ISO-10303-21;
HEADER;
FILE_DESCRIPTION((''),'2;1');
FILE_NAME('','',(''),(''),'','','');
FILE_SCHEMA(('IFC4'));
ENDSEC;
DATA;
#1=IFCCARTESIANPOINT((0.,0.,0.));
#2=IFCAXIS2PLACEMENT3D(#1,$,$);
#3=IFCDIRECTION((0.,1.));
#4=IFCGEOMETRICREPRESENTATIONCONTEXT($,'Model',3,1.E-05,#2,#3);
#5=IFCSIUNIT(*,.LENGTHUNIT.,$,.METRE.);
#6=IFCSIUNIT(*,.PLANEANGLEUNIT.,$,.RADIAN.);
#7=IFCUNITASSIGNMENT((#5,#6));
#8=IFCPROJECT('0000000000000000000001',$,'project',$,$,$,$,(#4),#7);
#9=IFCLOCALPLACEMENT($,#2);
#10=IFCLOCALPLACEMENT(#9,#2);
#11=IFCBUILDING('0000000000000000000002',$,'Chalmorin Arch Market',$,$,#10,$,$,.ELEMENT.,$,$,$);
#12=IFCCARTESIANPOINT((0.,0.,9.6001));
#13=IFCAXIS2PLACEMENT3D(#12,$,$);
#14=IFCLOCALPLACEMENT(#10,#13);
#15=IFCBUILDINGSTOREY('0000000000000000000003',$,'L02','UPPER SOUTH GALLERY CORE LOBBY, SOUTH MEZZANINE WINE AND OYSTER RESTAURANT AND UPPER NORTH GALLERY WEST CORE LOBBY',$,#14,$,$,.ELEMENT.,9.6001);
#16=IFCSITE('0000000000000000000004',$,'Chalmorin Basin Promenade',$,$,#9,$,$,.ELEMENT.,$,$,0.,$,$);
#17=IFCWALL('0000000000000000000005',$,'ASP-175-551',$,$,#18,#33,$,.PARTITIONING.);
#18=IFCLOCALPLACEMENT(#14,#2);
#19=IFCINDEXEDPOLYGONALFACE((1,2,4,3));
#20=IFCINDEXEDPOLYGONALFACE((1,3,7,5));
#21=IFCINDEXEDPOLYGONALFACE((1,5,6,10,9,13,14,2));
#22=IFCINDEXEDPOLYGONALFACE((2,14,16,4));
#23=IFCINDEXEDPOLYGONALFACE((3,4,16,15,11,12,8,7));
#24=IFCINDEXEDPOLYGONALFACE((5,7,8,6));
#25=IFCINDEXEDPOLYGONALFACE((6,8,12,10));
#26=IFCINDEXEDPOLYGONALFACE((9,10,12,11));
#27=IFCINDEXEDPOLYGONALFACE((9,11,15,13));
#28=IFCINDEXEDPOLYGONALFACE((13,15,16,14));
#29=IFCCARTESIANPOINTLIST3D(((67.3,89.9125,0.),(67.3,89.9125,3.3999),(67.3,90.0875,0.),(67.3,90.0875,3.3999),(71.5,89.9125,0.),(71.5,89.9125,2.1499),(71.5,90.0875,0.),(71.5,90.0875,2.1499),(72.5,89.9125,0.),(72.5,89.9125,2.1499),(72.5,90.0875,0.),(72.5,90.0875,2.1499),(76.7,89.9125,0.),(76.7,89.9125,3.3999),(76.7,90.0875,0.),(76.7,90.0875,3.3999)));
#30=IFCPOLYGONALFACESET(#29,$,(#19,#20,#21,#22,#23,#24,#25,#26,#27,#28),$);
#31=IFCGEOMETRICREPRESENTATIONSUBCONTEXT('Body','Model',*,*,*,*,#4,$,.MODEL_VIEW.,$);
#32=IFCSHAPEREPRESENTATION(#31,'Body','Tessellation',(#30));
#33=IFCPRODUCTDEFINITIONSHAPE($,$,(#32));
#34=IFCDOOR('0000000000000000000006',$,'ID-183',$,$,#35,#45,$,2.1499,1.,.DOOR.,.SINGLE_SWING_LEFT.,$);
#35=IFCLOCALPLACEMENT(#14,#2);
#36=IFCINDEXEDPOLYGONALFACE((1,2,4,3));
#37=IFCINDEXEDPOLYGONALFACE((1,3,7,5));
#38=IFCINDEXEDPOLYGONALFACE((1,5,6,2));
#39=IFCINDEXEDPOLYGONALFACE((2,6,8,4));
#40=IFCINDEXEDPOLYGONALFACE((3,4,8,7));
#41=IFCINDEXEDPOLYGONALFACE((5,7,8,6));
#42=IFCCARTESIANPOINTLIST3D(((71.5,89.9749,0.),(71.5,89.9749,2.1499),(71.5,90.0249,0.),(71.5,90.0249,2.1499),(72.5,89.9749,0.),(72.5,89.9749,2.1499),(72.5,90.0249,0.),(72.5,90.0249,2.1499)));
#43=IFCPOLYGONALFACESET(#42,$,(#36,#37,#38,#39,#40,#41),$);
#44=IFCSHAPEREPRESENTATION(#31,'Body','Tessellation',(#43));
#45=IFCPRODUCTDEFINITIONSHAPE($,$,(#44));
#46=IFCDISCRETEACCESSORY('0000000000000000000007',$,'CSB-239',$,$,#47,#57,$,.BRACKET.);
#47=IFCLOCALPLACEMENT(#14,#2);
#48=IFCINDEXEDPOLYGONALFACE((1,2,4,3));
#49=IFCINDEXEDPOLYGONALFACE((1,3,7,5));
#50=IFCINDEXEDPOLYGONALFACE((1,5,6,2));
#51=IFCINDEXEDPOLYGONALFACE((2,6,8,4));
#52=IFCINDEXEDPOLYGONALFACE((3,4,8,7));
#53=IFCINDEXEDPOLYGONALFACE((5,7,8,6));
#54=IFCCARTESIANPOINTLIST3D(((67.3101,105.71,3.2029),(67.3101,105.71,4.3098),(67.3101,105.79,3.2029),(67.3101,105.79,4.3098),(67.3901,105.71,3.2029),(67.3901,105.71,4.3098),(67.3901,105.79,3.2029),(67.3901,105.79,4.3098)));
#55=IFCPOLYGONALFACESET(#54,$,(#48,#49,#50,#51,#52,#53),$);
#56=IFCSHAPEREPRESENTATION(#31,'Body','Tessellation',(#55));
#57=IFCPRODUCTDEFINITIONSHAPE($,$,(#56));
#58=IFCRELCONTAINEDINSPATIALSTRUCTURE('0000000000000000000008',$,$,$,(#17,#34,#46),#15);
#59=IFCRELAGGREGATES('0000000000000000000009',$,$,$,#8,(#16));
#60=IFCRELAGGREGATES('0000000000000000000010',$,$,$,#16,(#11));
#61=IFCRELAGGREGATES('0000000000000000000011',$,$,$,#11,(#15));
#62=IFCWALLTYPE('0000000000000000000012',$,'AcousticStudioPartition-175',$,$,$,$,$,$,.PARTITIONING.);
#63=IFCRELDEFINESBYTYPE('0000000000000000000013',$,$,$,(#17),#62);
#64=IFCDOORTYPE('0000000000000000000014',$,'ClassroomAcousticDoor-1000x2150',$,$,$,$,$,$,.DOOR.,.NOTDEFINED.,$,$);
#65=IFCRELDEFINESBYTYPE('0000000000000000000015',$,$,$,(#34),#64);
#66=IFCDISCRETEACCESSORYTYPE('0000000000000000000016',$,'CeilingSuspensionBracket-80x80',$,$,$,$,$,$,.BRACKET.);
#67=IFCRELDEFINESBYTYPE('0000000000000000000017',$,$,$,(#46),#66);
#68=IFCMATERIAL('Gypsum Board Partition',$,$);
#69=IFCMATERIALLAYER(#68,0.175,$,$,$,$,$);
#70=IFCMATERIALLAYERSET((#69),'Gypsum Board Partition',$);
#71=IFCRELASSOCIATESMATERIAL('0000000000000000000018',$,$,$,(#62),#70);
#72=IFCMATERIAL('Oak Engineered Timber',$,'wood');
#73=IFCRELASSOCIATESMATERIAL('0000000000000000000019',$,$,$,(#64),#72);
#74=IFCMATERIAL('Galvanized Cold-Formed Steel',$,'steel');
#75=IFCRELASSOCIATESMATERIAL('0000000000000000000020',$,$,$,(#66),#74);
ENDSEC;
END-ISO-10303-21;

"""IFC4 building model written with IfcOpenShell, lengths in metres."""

from ifc_helpers import new_model, si_unit, direction, frame, frame_2d, origin, origin_2d, place, context, subcontext, project, spatial, rectangle, extrude, material, layer, layer_set, type_object, element, fill, save


model = new_model("IFC4")

# Units and contexts
model_context = context("Model", 3, precision=1e-05, world=origin(), true_north=direction((0.0, 1.0)))
body_context = subcontext(model_context, "Body", "Model", "MODEL_VIEW")
ifc_project = project(units=[si_unit("LENGTHUNIT", "METRE"), si_unit("PLANEANGLEUNIT", "RADIAN")], contexts=[model_context])

# Site, building, storey
site_placement = place(None, origin())
site = spatial("IfcSite", under=ifc_project, at=site_placement, Name="Chalmorin Basin Promenade", CompositionType="ELEMENT", RefElevation=0.0)
building_placement = place(site_placement, origin())
building = spatial("IfcBuilding", under=site, at=building_placement, Name="Chalmorin Arch Market", CompositionType="ELEMENT")
storey_placement = place(building_placement, frame((0.0, 0.0, 9.6001)))
storey = spatial("IfcBuildingStorey", under=building, at=storey_placement, Name="L02", Description="UPPER SOUTH GALLERY CORE LOBBY, SOUTH MEZZANINE WINE AND OYSTER RESTAURANT AND UPPER NORTH GALLERY WEST CORE LOBBY", CompositionType="ELEMENT", Elevation=9.6001)

# Wall, opening, door
ifc_material_1 = material(Name="Gypsum Board Partition")
ifc_layer = layer(ifc_material_1, 0.175)
ifc_layer_set = layer_set([ifc_layer], Name="Gypsum Board Partition")
wall_type = type_object("IfcWallType", Name="AcousticStudioPartition-175", PredefinedType="PARTITIONING", material=ifc_layer_set)
wall_placement = place(storey_placement, frame((67.3, 90.0, 0.0), z_axis=(0.0, 0.0, 1.0), x_axis=(1.0, 0.0, 0.0)))
wall = element("IfcWall", 1, at=wall_placement, inside=storey, type_object=wall_type, Name="ASP-175-551", PredefinedType="PARTITIONING", context=body_context, shape_type="SweptSolid", body=[
    extrude(rectangle(XDim=9.3999, YDim=0.175, at=frame_2d((4.7, 0.0))), origin(), (0.0, 0.0, 1.0), 3.3999),
])
opening_placement = place(wall_placement, frame((4.2, 0.0, 0.0)))
opening = element("IfcOpeningElement", 2, at=opening_placement, cuts=wall, PredefinedType="OPENING", context=body_context, shape_type="SweptSolid", body=[
    extrude(rectangle(XDim=1.0, YDim=2.1499, at=frame_2d((0.5, 1.075))), frame((0.0, 0.0974, 0.0), z_axis=(0.0, -1.0, 0.0), x_axis=(1.0, 0.0, 0.0)), (0.0, 0.0, 1.0), 0.1951),
])
ifc_material_2 = material(Name="Oak Engineered Timber", Category="wood")
door_type = type_object("IfcDoorType", Name="ClassroomAcousticDoor-1000x2150", OperationType="NOTDEFINED", PredefinedType="DOOR", material=ifc_material_2)
door_placement = place(opening_placement, origin())
door = element("IfcDoor", 3, at=door_placement, inside=storey, type_object=door_type, Name="ID-183", OperationType="SINGLE_SWING_LEFT", OverallHeight=2.1499, OverallWidth=1.0, PredefinedType="DOOR", context=body_context, shape_type="SweptSolid", body=[
    extrude(rectangle(XDim=1.0, YDim=2.1499, at=frame_2d((0.5, 1.075))), frame((0.0, 0.0249, 0.0), z_axis=(0.0, -1.0, 0.0), x_axis=(1.0, 0.0, 0.0)), (0.0, 0.0, 1.0), 0.05),
])
fill(opening, door)

# Discrete accessory
ifc_material_3 = material(Name="Galvanized Cold-Formed Steel", Category="steel")
discrete_accessory_type = type_object("IfcDiscreteAccessoryType", Name="CeilingSuspensionBracket-80x80", PredefinedType="BRACKET", material=ifc_material_3)
discrete_accessory_placement = place(storey_placement, frame((67.3501, 105.75, 3.2029), z_axis=(0.0, 0.0, 1.0), x_axis=(1.0, 0.0, 0.0)))
element("IfcDiscreteAccessory", 4, at=discrete_accessory_placement, inside=storey, type_object=discrete_accessory_type, Name="CSB-239", PredefinedType="BRACKET", context=body_context, shape_type="SweptSolid", body=[
    extrude(rectangle(XDim=0.0801, YDim=0.0801, at=origin_2d()), origin(), (0.0, 0.0, 1.0), 1.1069),
])

save(model, "model.ifc")
